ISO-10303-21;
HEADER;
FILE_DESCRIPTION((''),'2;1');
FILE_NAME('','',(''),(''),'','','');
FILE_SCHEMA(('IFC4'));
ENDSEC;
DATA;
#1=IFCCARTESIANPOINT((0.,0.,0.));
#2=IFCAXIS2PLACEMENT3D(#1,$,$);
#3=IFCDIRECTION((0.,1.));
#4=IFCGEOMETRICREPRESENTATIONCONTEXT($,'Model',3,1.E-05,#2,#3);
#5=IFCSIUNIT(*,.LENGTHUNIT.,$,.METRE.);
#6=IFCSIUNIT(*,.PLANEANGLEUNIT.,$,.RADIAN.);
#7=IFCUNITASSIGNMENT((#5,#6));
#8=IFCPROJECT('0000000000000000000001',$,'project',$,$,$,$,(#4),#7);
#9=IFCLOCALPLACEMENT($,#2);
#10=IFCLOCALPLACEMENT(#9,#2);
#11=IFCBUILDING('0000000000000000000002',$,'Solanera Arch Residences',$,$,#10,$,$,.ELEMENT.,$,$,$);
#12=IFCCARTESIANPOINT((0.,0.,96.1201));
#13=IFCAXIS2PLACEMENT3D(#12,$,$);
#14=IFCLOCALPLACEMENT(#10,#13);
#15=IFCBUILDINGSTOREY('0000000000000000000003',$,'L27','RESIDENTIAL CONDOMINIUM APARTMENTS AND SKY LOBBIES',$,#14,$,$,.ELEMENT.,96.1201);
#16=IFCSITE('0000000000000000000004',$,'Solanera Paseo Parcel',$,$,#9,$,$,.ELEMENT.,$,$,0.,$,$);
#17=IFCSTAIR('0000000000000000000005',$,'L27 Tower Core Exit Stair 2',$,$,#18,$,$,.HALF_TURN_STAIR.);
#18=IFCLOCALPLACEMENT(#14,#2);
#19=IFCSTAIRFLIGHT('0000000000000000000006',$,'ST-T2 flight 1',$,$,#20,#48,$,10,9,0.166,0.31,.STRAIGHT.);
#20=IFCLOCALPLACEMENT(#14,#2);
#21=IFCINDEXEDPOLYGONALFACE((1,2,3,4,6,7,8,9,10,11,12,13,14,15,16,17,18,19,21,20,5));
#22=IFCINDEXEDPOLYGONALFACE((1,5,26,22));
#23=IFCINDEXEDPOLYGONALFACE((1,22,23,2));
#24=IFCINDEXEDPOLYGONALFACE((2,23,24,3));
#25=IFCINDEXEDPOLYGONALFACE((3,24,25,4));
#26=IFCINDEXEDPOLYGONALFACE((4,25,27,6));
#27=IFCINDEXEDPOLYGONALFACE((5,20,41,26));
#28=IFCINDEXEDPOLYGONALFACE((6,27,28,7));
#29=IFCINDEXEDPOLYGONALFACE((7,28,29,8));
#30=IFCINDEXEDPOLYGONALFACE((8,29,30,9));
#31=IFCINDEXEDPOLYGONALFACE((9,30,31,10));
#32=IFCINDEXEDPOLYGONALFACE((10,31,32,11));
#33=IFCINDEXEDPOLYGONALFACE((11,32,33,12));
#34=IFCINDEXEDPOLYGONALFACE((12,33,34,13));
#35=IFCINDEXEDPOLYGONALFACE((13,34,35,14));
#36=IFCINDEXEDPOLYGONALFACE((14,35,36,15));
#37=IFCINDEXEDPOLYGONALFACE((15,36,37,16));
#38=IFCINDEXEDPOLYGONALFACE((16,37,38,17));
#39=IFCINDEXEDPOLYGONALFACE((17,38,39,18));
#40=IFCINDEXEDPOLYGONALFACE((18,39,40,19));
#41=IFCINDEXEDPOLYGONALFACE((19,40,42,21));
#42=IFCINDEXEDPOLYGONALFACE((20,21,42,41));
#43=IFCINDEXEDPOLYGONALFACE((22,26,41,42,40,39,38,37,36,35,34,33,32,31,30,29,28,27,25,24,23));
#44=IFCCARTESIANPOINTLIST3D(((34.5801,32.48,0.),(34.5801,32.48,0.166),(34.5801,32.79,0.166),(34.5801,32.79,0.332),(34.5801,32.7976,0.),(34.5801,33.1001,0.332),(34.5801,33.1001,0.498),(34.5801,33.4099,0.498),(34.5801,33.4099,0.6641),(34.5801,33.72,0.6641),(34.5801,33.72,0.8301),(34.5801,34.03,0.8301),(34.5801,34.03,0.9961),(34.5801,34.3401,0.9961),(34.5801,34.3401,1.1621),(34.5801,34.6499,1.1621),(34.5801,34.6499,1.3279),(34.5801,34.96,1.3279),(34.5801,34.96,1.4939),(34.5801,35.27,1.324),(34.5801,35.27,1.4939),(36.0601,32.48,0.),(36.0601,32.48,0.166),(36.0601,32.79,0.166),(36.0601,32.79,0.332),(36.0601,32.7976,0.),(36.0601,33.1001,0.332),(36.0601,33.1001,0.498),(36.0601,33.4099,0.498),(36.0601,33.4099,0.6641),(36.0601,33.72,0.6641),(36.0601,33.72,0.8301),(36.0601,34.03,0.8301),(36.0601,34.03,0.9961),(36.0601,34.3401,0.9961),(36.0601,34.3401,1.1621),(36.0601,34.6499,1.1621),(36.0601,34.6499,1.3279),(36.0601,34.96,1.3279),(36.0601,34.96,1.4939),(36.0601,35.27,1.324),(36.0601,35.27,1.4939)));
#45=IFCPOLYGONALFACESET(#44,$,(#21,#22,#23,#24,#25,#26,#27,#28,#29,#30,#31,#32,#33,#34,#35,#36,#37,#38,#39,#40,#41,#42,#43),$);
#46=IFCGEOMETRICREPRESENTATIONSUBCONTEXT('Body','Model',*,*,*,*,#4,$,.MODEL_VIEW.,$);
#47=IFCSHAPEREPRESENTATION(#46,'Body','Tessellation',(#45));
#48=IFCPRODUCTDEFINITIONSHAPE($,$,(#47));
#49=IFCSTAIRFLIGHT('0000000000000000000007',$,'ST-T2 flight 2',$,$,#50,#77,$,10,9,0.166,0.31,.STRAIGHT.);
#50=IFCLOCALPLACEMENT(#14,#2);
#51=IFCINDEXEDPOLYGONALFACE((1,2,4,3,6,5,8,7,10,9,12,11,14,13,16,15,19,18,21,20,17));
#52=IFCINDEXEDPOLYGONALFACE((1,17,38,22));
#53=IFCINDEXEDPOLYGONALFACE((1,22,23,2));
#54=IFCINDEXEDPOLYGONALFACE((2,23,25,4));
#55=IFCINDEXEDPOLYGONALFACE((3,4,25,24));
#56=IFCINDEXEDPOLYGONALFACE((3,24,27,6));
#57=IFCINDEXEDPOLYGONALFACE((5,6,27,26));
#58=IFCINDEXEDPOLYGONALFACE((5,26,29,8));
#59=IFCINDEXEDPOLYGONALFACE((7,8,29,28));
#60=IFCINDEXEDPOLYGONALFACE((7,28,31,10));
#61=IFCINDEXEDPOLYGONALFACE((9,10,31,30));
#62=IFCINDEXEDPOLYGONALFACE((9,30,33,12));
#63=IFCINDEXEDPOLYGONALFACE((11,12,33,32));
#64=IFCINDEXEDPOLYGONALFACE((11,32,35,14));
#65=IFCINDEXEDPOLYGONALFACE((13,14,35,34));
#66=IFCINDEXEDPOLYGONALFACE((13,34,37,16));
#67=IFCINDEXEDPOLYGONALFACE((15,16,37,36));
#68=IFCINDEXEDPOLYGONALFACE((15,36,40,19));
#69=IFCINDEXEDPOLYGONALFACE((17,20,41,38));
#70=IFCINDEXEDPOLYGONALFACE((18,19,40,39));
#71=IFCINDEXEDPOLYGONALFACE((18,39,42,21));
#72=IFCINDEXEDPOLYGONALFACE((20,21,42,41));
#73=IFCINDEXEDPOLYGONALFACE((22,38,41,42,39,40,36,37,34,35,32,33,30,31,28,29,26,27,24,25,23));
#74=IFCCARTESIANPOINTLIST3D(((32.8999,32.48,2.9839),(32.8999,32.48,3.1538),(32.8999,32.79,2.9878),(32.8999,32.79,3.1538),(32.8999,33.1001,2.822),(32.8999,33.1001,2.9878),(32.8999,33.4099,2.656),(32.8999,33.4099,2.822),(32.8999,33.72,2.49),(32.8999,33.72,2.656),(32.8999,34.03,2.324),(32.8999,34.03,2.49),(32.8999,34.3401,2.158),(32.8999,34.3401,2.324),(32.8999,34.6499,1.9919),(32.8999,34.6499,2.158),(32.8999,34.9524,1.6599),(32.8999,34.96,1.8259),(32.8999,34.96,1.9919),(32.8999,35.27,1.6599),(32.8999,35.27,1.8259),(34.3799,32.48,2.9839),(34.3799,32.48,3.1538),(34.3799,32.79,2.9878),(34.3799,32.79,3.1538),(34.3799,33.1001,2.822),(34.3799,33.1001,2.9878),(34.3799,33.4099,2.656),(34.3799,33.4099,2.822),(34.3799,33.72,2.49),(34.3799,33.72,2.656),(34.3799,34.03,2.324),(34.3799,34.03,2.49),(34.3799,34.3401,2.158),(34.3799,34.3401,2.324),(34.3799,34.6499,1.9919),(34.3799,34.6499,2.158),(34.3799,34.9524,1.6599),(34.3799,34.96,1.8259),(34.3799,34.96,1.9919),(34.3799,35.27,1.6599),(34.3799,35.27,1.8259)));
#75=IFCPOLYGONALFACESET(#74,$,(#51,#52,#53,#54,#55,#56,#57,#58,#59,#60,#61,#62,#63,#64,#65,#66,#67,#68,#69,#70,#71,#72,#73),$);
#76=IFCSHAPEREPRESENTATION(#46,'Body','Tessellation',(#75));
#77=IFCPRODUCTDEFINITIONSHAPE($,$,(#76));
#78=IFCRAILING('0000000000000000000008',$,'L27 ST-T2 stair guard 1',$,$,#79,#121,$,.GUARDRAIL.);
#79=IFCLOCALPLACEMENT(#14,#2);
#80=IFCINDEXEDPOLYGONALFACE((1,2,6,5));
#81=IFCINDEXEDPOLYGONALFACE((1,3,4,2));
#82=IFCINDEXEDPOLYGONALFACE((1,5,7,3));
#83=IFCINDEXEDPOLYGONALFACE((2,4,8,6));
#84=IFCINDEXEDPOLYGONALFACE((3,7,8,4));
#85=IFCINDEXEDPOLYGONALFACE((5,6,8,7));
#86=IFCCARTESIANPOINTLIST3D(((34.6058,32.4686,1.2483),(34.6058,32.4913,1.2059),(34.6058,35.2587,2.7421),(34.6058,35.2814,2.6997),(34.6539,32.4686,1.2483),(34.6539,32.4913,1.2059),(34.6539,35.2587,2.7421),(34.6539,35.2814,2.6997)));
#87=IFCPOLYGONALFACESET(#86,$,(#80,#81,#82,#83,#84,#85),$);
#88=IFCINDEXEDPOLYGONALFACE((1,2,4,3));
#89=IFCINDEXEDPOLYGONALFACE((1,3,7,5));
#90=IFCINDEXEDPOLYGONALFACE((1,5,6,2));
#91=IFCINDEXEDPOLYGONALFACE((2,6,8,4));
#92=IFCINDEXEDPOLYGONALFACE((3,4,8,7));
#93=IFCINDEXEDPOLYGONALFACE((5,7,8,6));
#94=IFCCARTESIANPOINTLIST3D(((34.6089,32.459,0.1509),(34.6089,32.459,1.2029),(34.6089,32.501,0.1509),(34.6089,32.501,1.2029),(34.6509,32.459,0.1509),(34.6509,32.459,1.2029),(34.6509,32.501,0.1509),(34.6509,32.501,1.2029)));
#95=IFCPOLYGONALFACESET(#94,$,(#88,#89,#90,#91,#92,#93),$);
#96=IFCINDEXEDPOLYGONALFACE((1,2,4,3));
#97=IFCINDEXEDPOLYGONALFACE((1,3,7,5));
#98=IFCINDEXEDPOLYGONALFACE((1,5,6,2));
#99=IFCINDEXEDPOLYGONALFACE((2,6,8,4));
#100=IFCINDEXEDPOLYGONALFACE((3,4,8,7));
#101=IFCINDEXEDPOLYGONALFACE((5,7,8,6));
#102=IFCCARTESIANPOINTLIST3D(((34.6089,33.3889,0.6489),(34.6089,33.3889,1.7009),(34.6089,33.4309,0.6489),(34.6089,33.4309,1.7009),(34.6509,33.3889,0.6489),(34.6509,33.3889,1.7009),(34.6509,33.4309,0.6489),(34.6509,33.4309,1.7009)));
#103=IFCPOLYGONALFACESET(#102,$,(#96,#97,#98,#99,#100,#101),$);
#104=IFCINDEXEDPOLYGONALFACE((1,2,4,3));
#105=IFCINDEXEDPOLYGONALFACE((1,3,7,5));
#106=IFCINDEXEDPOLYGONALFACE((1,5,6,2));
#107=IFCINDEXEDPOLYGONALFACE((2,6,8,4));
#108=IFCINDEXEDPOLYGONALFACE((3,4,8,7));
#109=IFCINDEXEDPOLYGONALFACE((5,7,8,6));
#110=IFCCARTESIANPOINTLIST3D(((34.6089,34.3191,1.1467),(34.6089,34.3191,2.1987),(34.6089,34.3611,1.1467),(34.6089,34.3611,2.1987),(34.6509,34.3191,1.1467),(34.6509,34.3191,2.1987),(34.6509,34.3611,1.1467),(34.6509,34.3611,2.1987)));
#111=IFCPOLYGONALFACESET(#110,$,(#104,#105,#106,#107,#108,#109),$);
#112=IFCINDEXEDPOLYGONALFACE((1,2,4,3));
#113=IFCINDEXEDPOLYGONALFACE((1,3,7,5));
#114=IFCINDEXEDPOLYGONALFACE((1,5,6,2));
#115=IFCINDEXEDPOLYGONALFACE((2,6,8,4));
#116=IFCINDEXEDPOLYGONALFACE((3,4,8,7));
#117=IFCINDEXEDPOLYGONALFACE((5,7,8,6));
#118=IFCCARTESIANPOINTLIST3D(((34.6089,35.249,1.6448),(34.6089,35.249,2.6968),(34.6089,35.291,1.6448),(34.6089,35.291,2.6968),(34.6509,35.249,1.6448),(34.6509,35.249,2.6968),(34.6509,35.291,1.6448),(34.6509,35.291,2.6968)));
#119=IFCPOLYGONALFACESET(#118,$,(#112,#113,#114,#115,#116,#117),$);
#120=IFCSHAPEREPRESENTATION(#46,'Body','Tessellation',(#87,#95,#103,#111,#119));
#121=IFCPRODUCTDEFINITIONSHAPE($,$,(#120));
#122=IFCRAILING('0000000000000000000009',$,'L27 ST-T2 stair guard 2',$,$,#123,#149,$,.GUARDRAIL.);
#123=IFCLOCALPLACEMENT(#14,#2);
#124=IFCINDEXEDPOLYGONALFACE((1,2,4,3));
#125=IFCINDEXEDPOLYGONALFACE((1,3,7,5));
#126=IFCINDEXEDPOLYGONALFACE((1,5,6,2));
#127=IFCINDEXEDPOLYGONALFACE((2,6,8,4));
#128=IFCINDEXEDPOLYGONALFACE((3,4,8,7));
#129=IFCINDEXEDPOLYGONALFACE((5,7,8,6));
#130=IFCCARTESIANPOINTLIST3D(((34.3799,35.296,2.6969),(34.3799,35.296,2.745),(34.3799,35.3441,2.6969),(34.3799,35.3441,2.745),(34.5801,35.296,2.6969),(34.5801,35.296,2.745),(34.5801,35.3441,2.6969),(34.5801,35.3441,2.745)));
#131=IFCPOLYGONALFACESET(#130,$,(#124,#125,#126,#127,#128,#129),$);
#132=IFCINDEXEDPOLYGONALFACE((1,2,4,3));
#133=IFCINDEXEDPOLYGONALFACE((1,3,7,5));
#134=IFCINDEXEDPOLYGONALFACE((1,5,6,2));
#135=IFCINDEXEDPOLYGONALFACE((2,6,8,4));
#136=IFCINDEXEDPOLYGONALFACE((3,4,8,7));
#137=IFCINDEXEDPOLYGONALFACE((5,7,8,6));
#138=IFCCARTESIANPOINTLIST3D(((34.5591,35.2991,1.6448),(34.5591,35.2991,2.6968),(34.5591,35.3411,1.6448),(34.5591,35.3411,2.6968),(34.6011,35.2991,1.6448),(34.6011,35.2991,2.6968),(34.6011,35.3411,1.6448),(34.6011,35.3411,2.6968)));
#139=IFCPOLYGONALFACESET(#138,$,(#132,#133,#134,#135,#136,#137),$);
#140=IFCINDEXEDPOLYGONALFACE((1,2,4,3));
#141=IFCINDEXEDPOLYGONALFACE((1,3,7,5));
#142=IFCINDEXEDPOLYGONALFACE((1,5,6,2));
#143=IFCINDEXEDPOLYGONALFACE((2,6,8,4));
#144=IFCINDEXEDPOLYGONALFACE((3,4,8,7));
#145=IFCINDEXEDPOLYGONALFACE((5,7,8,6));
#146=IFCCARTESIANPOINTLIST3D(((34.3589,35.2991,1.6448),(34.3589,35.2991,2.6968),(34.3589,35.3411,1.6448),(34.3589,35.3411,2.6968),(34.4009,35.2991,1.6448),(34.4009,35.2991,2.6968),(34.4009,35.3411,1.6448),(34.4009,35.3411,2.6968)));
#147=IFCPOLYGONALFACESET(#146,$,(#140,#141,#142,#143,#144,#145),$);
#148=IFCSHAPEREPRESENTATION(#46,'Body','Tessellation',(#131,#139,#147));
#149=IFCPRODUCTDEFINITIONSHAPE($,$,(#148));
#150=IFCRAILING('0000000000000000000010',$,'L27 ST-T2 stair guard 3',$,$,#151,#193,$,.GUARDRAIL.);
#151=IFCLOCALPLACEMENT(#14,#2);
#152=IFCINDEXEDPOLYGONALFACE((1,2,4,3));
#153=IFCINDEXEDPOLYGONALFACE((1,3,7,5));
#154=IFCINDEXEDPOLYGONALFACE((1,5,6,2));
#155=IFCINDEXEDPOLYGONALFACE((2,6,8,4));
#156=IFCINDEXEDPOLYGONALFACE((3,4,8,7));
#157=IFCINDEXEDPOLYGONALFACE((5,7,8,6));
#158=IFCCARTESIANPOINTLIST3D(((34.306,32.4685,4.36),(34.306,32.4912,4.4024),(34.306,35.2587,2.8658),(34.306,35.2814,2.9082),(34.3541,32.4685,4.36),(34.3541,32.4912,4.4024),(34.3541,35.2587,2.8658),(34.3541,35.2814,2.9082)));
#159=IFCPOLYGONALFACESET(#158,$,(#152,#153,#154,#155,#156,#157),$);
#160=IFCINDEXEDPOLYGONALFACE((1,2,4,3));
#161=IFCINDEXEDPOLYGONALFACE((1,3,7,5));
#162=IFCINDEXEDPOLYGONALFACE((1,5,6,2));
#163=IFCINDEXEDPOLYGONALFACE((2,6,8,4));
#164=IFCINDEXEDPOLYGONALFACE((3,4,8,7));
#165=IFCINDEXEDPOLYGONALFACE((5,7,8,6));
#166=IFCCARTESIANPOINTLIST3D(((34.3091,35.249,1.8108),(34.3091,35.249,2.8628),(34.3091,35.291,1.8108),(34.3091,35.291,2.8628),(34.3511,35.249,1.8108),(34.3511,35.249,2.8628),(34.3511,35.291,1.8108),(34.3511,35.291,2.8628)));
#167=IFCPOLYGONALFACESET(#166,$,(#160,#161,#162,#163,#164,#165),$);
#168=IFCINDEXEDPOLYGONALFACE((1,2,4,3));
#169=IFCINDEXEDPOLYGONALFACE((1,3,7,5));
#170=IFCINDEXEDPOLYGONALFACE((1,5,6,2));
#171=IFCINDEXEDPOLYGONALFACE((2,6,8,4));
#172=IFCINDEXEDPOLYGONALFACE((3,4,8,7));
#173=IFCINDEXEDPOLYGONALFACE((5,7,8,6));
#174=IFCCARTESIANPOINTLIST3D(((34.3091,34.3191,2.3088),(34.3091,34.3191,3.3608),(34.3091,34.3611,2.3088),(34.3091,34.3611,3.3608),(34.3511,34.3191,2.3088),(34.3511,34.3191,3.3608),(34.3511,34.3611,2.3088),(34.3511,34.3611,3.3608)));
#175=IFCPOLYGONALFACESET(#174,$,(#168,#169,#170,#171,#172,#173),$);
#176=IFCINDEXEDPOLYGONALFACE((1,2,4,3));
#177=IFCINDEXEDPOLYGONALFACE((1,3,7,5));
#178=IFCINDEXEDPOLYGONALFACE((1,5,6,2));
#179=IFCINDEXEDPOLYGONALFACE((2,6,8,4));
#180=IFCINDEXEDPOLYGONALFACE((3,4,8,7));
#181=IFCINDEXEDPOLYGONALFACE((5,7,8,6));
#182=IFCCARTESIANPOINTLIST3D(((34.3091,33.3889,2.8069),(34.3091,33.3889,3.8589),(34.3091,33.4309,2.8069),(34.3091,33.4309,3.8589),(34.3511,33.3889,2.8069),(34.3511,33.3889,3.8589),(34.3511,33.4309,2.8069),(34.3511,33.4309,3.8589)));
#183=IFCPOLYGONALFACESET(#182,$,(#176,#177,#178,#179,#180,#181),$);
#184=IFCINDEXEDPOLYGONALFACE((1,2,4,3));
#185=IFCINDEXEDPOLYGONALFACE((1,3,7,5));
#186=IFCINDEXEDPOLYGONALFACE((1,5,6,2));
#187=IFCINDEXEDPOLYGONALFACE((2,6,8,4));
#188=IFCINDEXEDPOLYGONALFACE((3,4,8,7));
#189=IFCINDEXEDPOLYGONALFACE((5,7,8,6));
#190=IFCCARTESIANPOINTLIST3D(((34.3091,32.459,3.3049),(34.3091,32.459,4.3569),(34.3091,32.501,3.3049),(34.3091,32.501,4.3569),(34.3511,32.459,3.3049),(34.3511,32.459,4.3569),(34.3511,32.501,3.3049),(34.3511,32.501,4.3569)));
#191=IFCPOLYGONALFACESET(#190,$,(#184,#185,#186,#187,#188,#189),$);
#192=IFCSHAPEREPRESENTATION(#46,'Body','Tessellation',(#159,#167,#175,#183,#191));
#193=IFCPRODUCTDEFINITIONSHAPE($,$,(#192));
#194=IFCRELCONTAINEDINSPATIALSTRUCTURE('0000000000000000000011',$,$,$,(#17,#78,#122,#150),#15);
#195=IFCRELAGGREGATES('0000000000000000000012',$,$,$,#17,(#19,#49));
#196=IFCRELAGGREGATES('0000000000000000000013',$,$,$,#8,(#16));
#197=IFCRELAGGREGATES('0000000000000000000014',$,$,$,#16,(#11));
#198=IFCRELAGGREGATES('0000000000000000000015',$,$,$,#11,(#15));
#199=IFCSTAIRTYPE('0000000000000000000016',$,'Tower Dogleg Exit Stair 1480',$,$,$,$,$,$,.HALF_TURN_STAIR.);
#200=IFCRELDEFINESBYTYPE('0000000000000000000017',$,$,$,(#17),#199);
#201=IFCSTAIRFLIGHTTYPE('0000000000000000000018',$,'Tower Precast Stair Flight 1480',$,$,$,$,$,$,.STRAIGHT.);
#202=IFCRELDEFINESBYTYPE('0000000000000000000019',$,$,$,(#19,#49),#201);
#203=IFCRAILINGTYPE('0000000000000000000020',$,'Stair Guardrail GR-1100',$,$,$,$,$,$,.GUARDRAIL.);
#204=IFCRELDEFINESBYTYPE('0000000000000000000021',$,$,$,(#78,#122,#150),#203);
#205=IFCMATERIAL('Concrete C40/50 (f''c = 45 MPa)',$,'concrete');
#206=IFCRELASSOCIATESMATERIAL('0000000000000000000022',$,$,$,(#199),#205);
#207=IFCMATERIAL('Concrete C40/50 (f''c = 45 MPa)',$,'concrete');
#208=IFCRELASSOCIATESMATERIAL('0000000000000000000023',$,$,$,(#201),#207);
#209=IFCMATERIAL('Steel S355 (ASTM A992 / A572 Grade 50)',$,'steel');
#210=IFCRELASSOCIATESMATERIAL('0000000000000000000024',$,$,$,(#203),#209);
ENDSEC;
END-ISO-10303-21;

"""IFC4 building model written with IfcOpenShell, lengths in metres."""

from ifc_helpers import new_model, si_unit, direction, frame, origin, origin_2d, place, context, subcontext, project, spatial, polyline, rectangle, outline, extrude, material, type_object, element, aggregate, save


model = new_model("IFC4")

# Units and contexts
model_context = context("Model", 3, precision=1e-05, world=origin(), true_north=direction((0.0, 1.0)))
body_context = subcontext(model_context, "Body", "Model", "MODEL_VIEW")
ifc_project = project(units=[si_unit("LENGTHUNIT", "METRE"), si_unit("PLANEANGLEUNIT", "RADIAN")], contexts=[model_context])

# Site, building, storey
site_placement = place(None, origin())
site = spatial("IfcSite", under=ifc_project, at=site_placement, Name="Solanera Paseo Parcel", CompositionType="ELEMENT", RefElevation=0.0)
building_placement = place(site_placement, origin())
building = spatial("IfcBuilding", under=site, at=building_placement, Name="Solanera Arch Residences", CompositionType="ELEMENT")
storey_placement = place(building_placement, frame((0.0, 0.0, 96.1201)))
storey = spatial("IfcBuildingStorey", under=building, at=storey_placement, Name="L27", Description="RESIDENTIAL CONDOMINIUM APARTMENTS AND SKY LOBBIES", CompositionType="ELEMENT", Elevation=96.1201)

# Stair, stair flights
ifc_material_1 = material(Name="Concrete C40/50 (f'c = 45 MPa)", Category="concrete")
stair_type = type_object("IfcStairType", Name="Tower Dogleg Exit Stair 1480", PredefinedType="HALF_TURN_STAIR", material=ifc_material_1)
stair_placement = place(storey_placement, origin())
stair = element("IfcStair", 1, at=stair_placement, inside=storey, type_object=stair_type, Name="L27 Tower Core Exit Stair 2", PredefinedType="HALF_TURN_STAIR")
ifc_material_2 = material(Name="Concrete C40/50 (f'c = 45 MPa)", Category="concrete")
stair_flight_type = type_object("IfcStairFlightType", Name="Tower Precast Stair Flight 1480", PredefinedType="STRAIGHT", material=ifc_material_2)
stair_flight_1_placement = place(storey_placement, frame((35.3201, 32.48, 0.0), z_axis=(0.0, 0.0, 1.0), x_axis=(0.0, 1.0, 0.0)))
stair_flight_1 = element("IfcStairFlight", 2, at=stair_flight_1_placement, type_object=stair_flight_type, Name="ST-T2 flight 1", NumberOfRisers=10, NumberOfTreads=9, PredefinedType="STRAIGHT", RiserHeight=0.166, TreadLength=0.31, context=body_context, shape_type="SweptSolid", body=[
    extrude(outline(polyline([(0.0, 0.0), (0.0, 0.166), (0.3101, 0.166), (0.3101, 0.332), (0.6201, 0.332), (0.6201, 0.498), (0.9299, 0.498), (0.9299, 0.6641), (1.24, 0.6641), (1.24, 0.8301), (1.55, 0.8301), (1.55, 0.9961), (1.8601, 0.9961), (1.8601, 1.1621), (2.1699, 1.1621), (2.1699, 1.3279), (2.48, 1.3279), (2.48, 1.4939), (2.79, 1.4939), (2.79, 1.6599), (2.79, 1.324), (0.3176, 0.0), (0.0, 0.0)])), frame((0.0, 0.74, 0.0), z_axis=(0.0, -1.0, 0.0), x_axis=(1.0, 0.0, 0.0)), (0.0, 0.0, 1.0), 1.48),
])
stair_flight_2_placement = place(storey_placement, frame((33.6399, 35.27, 1.6599), z_axis=(0.0, 0.0, 1.0), x_axis=(0.0, -1.0, 0.0)))
stair_flight_2 = element("IfcStairFlight", 3, at=stair_flight_2_placement, type_object=stair_flight_type, Name="ST-T2 flight 2", NumberOfRisers=10, NumberOfTreads=9, PredefinedType="STRAIGHT", RiserHeight=0.166, TreadLength=0.31, context=body_context, shape_type="SweptSolid", body=[
    extrude(outline(polyline([(0.0, 0.0), (0.0, 0.166), (0.3101, 0.166), (0.3101, 0.332), (0.6201, 0.332), (0.6201, 0.498), (0.9299, 0.498), (0.9299, 0.6641), (1.24, 0.6641), (1.24, 0.8301), (1.55, 0.8301), (1.55, 0.9961), (1.8601, 0.9961), (1.8601, 1.1621), (2.1699, 1.1621), (2.1699, 1.3279), (2.48, 1.3279), (2.48, 1.4939), (2.79, 1.4939), (2.79, 1.6599), (2.79, 1.324), (0.3176, 0.0), (0.0, 0.0)])), frame((0.0, 0.74, 0.0), z_axis=(0.0, -1.0, 0.0), x_axis=(1.0, 0.0, 0.0)), (0.0, 0.0, 1.0), 1.48),
])
aggregate(stair, [stair_flight_1, stair_flight_2])

# Railings
ifc_material_3 = material(Name="Steel S355 (ASTM A992 / A572 Grade 50)", Category="steel")
railing_type_1 = type_object("IfcRailingType", Name="Stair Guardrail GR-1100", PredefinedType="GUARDRAIL", material=ifc_material_3)
railing_1_placement = place(storey_placement, frame((34.6299, 32.48, 0.1509)))
element("IfcRailing", 4, at=railing_1_placement, inside=storey, type_object=railing_type_1, Name="L27 ST-T2 stair guard 1", PredefinedType="GUARDRAIL", context=body_context, shape_type="SweptSolid", body=[
    extrude(rectangle(XDim=0.0481, YDim=0.0481, at=origin_2d()), frame((0.0, 0.0, 1.0762), z_axis=(0.0, 0.881581, 0.472033), x_axis=(-1.0, 0.0, 0.0)), (0.0, 0.0, 1.0), 3.1648),
    extrude(rectangle(XDim=0.042, YDim=0.042, at=origin_2d()), origin(), (0.0, 0.0, 1.0), 1.052),
    extrude(rectangle(XDim=0.042, YDim=0.042, at=origin_2d()), frame((0.0, 0.9299, 0.498)), (0.0, 0.0, 1.0), 1.052),
    extrude(rectangle(XDim=0.042, YDim=0.042, at=origin_2d()), frame((0.0, 1.8601, 0.9958)), (0.0, 0.0, 1.0), 1.052),
    extrude(rectangle(XDim=0.042, YDim=0.042, at=origin_2d()), frame((0.0, 2.79, 1.4939)), (0.0, 0.0, 1.0), 1.052),
])
railing_2_placement = place(storey_placement, frame((34.5801, 35.3201, 1.6448)))
element("IfcRailing", 5, at=railing_2_placement, inside=storey, type_object=railing_type_1, Name="L27 ST-T2 stair guard 2", PredefinedType="GUARDRAIL", context=body_context, shape_type="SweptSolid", body=[
    extrude(rectangle(XDim=0.0481, YDim=0.0481, at=origin_2d()), frame((0.0, 0.0, 1.0762), z_axis=(-1.0, 0.0, 0.0), x_axis=(0.0, -1.0, 0.0)), (0.0, 0.0, 1.0), 0.2002),
    extrude(rectangle(XDim=0.042, YDim=0.042, at=origin_2d()), origin(), (0.0, 0.0, 1.0), 1.052),
    extrude(rectangle(XDim=0.042, YDim=0.042, at=origin_2d()), frame((-0.2002, 0.0, 0.0)), (0.0, 0.0, 1.0), 1.052),
])
railing_3_placement = place(storey_placement, frame((34.3301, 35.27, 1.8108)))
element("IfcRailing", 6, at=railing_3_placement, inside=storey, type_object=railing_type_1, Name="L27 ST-T2 stair guard 3", PredefinedType="GUARDRAIL", context=body_context, shape_type="SweptSolid", body=[
    extrude(rectangle(XDim=0.0481, YDim=0.0481, at=origin_2d()), frame((0.0, 0.0, 1.0762), z_axis=(0.0, -0.881549, 0.472093), x_axis=(1.0, 0.0, 0.0)), (0.0, 0.0, 1.0), 3.165),
    extrude(rectangle(XDim=0.042, YDim=0.042, at=origin_2d()), origin(), (0.0, 0.0, 1.0), 1.052),
    extrude(rectangle(XDim=0.042, YDim=0.042, at=origin_2d()), frame((0.0, -0.9299, 0.498)), (0.0, 0.0, 1.0), 1.052),
    extrude(rectangle(XDim=0.042, YDim=0.042, at=origin_2d()), frame((0.0, -1.8601, 0.9961)), (0.0, 0.0, 1.0), 1.052),
    extrude(rectangle(XDim=0.042, YDim=0.042, at=origin_2d()), frame((0.0, -2.79, 1.4941)), (0.0, 0.0, 1.0), 1.052),
])

save(model, "model.ifc")
